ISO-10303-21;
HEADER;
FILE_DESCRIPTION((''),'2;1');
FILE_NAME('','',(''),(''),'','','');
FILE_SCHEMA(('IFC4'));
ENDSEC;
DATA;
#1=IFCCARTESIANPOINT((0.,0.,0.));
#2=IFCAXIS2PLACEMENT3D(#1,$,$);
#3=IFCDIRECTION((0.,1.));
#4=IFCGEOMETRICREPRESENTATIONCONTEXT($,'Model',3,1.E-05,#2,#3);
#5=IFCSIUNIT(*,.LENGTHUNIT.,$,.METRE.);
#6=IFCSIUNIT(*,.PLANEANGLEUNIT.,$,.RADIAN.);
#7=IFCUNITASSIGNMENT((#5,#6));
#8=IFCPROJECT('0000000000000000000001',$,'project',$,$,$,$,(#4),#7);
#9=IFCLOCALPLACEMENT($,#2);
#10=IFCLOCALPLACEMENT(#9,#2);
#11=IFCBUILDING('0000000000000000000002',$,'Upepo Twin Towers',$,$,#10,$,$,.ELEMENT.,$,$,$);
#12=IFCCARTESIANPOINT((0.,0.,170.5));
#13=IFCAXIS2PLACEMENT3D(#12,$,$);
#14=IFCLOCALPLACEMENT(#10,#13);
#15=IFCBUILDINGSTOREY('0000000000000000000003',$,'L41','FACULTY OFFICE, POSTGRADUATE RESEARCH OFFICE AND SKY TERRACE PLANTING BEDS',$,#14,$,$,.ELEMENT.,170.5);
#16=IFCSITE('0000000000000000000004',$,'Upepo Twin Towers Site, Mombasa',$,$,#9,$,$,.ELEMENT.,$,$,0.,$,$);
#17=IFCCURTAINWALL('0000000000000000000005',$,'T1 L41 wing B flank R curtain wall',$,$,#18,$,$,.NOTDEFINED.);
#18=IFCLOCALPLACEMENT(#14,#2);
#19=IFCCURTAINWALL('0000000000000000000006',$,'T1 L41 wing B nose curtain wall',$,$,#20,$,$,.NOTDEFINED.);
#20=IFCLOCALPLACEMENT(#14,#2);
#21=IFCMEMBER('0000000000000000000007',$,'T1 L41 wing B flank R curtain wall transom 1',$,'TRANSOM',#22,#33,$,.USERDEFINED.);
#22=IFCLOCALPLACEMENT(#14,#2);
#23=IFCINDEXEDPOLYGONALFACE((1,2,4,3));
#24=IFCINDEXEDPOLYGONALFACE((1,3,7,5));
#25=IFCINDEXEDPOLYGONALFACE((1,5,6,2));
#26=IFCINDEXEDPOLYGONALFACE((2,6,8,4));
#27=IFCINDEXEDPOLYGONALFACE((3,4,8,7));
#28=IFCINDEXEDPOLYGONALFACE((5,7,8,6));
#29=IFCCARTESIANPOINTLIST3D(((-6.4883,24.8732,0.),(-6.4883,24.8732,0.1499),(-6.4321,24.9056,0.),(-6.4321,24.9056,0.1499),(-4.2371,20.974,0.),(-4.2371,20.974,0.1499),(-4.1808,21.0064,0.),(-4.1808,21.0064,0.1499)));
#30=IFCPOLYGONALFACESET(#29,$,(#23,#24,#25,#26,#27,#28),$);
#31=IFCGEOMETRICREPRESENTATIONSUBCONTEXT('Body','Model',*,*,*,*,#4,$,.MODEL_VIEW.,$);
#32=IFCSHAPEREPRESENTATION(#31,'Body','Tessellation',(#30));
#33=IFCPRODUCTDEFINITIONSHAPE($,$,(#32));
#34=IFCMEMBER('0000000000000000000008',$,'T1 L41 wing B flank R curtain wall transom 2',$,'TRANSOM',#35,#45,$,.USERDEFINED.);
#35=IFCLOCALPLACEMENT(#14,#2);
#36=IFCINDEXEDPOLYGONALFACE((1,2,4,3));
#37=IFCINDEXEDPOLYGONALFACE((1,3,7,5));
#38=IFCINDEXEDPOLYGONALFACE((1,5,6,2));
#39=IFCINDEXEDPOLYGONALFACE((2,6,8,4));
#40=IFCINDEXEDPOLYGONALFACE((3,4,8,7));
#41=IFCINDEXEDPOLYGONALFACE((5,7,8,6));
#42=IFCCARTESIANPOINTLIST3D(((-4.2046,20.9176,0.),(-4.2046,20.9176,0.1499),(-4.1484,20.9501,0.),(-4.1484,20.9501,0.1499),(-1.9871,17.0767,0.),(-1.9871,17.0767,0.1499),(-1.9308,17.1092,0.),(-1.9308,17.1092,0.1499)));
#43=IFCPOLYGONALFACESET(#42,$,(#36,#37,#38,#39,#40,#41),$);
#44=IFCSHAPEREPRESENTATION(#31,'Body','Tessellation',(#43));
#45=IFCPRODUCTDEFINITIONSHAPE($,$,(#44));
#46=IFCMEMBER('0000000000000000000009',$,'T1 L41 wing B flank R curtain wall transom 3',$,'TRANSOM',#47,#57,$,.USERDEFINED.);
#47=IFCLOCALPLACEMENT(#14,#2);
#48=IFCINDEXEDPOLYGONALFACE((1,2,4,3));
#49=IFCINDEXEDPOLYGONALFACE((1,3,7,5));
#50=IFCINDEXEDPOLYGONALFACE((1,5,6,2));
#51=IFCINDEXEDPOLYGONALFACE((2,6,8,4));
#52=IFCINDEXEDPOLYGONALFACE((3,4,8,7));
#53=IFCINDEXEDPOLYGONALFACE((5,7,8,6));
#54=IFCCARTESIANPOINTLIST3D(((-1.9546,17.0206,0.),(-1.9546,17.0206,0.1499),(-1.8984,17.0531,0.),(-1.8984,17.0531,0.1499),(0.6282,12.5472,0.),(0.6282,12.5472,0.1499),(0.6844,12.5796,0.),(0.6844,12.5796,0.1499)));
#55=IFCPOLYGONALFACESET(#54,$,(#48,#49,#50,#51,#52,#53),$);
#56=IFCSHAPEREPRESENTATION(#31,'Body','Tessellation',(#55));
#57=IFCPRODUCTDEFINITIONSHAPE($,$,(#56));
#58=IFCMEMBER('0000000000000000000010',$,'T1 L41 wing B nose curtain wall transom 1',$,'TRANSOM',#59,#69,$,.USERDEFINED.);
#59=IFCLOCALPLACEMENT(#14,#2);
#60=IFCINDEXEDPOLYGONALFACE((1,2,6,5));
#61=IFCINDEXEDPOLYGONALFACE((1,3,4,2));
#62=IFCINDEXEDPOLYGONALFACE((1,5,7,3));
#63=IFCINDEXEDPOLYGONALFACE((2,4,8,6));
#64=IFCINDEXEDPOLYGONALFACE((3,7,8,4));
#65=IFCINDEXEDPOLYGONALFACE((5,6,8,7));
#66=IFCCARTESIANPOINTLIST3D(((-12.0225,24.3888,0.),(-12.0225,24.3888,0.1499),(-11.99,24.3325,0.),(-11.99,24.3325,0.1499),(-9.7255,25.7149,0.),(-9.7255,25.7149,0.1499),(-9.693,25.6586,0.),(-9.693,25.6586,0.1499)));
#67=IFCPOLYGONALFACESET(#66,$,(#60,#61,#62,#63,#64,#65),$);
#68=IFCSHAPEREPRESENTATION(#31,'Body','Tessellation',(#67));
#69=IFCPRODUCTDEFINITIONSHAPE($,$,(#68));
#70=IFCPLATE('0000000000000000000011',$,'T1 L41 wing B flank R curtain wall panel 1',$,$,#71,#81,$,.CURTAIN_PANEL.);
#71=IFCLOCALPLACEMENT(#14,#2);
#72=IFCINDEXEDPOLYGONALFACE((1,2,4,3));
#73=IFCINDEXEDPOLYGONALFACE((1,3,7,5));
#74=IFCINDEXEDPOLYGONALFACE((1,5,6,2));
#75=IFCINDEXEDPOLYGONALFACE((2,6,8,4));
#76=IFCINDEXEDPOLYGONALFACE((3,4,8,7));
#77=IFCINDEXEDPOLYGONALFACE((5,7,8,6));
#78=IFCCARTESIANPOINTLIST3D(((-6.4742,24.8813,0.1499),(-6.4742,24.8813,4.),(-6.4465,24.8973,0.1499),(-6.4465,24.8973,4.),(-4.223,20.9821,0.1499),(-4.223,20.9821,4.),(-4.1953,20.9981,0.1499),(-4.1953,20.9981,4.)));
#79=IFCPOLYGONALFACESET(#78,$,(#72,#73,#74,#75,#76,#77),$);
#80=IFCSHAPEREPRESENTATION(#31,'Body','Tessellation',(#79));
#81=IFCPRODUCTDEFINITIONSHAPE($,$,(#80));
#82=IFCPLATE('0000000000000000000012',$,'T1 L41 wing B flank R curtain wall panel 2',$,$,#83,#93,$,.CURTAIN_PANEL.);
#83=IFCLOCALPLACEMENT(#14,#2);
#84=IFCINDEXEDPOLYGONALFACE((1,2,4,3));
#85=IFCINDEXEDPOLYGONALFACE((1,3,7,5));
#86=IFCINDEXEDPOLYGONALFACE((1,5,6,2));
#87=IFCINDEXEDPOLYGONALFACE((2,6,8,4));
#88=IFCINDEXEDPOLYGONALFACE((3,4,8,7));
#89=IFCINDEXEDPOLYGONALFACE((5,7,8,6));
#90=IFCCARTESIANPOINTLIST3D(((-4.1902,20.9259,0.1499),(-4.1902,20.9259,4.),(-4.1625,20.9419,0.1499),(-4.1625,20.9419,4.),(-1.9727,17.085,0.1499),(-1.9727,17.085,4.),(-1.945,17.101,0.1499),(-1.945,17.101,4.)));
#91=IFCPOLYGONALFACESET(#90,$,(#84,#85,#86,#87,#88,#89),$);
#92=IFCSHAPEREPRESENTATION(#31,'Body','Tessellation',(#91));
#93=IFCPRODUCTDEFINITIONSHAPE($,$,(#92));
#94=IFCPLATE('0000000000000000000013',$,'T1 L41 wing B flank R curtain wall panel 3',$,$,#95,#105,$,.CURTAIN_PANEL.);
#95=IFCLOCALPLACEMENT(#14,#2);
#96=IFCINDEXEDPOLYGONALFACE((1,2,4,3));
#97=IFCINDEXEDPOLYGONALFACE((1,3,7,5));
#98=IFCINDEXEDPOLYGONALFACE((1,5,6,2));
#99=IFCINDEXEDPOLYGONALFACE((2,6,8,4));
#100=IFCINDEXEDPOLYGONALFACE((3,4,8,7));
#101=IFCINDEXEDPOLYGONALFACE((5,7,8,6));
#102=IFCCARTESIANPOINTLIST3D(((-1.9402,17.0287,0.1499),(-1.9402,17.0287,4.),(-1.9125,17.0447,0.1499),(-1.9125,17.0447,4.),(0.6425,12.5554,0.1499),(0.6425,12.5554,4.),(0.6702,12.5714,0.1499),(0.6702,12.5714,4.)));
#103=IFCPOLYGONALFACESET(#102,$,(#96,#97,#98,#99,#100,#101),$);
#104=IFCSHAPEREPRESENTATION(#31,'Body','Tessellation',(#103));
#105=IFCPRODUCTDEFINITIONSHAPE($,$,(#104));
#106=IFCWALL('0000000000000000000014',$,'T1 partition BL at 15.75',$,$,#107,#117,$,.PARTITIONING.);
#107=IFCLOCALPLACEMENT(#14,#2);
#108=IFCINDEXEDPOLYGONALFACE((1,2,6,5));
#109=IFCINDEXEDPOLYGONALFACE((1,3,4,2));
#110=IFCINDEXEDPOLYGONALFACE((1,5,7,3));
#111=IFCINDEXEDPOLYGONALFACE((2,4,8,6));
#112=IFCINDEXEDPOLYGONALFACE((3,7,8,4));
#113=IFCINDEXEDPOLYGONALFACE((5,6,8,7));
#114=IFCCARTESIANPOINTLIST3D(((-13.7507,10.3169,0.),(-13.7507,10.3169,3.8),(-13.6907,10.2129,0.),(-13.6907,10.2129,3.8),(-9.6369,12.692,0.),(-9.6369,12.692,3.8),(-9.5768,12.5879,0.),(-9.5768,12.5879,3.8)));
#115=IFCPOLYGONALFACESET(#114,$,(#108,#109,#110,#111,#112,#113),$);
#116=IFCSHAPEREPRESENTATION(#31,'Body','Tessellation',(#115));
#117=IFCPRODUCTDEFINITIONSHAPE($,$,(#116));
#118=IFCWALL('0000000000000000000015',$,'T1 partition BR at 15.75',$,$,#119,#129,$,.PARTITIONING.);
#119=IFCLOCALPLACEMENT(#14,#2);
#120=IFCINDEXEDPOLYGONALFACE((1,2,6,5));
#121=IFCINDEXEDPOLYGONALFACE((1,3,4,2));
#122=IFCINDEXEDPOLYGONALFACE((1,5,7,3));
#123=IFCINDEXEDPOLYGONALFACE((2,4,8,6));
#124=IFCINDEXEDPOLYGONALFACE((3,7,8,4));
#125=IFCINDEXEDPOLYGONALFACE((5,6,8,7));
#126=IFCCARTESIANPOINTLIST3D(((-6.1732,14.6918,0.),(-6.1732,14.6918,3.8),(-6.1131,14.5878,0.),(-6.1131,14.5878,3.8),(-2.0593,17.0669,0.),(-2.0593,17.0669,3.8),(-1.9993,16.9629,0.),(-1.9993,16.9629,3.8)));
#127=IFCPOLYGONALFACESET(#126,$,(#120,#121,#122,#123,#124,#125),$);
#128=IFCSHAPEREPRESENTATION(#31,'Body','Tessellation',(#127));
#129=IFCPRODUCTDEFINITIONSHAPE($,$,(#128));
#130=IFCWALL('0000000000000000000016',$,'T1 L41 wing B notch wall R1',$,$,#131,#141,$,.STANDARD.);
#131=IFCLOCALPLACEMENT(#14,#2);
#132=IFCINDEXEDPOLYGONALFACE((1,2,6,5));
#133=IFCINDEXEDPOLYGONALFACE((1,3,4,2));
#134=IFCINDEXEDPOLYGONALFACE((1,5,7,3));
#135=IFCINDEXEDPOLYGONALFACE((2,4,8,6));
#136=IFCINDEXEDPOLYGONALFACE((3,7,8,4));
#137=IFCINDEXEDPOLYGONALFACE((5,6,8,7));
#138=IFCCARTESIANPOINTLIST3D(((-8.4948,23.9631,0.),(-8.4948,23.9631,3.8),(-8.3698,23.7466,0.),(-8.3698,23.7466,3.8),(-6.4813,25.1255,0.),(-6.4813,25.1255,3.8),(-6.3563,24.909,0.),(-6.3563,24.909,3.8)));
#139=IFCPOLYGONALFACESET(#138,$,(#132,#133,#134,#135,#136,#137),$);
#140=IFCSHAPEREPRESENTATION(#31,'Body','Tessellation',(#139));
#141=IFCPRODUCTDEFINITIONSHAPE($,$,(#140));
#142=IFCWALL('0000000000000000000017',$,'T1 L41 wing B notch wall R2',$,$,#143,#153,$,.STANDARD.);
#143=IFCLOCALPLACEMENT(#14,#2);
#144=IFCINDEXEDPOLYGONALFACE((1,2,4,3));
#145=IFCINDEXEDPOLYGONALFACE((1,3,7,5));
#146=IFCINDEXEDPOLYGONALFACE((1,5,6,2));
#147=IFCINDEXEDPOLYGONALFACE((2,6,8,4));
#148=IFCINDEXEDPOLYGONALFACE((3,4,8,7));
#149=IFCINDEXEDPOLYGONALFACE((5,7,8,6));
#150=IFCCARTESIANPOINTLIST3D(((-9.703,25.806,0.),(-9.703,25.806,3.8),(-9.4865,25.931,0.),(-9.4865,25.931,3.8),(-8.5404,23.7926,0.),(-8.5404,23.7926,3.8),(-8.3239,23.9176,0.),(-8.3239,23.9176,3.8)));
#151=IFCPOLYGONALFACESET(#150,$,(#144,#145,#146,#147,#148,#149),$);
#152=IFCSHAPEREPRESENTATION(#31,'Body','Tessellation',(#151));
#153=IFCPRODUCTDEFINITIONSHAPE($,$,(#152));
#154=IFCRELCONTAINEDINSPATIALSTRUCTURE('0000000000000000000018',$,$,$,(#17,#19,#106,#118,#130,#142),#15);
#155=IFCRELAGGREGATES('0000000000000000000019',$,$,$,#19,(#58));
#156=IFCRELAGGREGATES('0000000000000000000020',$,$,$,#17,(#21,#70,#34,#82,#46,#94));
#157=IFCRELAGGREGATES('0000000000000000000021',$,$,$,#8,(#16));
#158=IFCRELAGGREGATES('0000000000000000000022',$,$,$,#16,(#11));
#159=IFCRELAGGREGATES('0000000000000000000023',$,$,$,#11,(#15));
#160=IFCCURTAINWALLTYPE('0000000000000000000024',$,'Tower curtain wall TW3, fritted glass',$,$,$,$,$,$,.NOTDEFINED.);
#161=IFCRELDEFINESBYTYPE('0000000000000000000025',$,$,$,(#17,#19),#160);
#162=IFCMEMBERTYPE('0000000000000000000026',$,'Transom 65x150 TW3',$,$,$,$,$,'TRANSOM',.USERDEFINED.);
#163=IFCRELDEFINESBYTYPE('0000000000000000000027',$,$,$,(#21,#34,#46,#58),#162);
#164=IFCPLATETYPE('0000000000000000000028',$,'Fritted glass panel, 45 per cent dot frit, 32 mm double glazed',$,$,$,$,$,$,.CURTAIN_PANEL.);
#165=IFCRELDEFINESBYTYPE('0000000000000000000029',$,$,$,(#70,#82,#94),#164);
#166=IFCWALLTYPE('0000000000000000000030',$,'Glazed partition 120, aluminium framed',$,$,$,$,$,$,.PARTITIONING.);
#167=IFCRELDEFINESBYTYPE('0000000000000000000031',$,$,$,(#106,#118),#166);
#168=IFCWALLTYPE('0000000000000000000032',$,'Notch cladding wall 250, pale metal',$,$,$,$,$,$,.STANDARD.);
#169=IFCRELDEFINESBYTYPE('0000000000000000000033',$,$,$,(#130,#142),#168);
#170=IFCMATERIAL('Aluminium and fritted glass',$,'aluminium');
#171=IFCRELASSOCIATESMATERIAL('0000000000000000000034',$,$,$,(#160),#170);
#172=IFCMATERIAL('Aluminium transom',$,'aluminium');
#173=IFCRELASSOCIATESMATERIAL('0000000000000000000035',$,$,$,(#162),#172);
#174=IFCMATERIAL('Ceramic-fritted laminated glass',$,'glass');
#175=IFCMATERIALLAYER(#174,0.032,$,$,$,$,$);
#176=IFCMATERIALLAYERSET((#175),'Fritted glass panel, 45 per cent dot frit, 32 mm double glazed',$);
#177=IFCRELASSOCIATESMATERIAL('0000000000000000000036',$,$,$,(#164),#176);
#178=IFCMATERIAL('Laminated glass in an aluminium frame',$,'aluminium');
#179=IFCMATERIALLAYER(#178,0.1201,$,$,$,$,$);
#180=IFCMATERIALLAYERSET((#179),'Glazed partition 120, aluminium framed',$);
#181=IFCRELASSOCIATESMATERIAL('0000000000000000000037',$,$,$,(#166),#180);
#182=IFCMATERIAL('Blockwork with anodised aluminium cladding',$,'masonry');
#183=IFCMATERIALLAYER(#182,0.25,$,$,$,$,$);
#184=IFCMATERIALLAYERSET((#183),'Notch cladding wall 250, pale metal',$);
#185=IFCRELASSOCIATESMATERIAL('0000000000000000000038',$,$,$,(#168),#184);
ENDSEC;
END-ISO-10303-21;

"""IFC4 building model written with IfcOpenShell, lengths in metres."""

from ifc_helpers import new_model, si_unit, direction, frame, frame_2d, origin, origin_2d, place, context, subcontext, project, spatial, rectangle, extrude, material, layer, layer_set, material_profile, profile_set, type_object, element, aggregate, save


model = new_model("IFC4")

# Units and contexts
model_context = context("Model", 3, precision=1e-05, world=origin(), true_north=direction((0.0, 1.0)))
body_context = subcontext(model_context, "Body", "Model", "MODEL_VIEW")
ifc_project = project(units=[si_unit("LENGTHUNIT", "METRE"), si_unit("PLANEANGLEUNIT", "RADIAN")], contexts=[model_context])

# Site, building, storey
site_placement = place(None, origin())
site = spatial("IfcSite", under=ifc_project, at=site_placement, Name="Upepo Twin Towers Site, Mombasa", CompositionType="ELEMENT", RefElevation=0.0)
building_placement = place(site_placement, origin())
building = spatial("IfcBuilding", under=site, at=building_placement, Name="Upepo Twin Towers", CompositionType="ELEMENT")
storey_placement = place(building_placement, frame((0.0, 0.0, 170.5)))
storey = spatial("IfcBuildingStorey", under=building, at=storey_placement, Name="L41", Description="FACULTY OFFICE, POSTGRADUATE RESEARCH OFFICE AND SKY TERRACE PLANTING BEDS", CompositionType="ELEMENT", Elevation=170.5)

# Curtain wall
ifc_material_1 = material(Name="Aluminium and fritted glass", Category="aluminium")
curtain_wall_type = type_object("IfcCurtainWallType", Name="Tower curtain wall TW3, fritted glass", PredefinedType="NOTDEFINED", material=ifc_material_1)
curtain_wall_1_placement = place(storey_placement, origin())
curtain_wall_1 = element("IfcCurtainWall", 1, at=curtain_wall_1_placement, inside=storey, type_object=curtain_wall_type, Name="T1 L41 wing B flank R curtain wall", PredefinedType="NOTDEFINED")

# Curtain wall
curtain_wall_2_placement = place(storey_placement, origin())
curtain_wall_2 = element("IfcCurtainWall", 2, at=curtain_wall_2_placement, inside=storey, type_object=curtain_wall_type, Name="T1 L41 wing B nose curtain wall", PredefinedType="NOTDEFINED")

# Members
ifc_material_2 = material(Name="Aluminium transom", Category="aluminium")
ifc_material_profile_1 = material_profile(ifc_material_2, rectangle(XDim=0.0649, YDim=0.1499, at=origin_2d()), Name="TRANSOM 65x150")
ifc_profile_set_1 = profile_set([ifc_material_profile_1], Name="Aluminium transom")
member_type_1 = type_object("IfcMemberType", Name="Transom 65x150 TW3", ElementType="TRANSOM", PredefinedType="USERDEFINED", material=ifc_profile_set_1)
member_1_placement = place(storey_placement, frame((-6.4602, 24.8894, 0.075), z_axis=(0.500006, -0.866022, 0.0), x_axis=(0.866022, 0.500006, 0.0)))
member_1 = element("IfcMember", 3, at=member_1_placement, type_object=member_type_1, Name="T1 L41 wing B flank R curtain wall transom 1", ObjectType="TRANSOM", PredefinedType="USERDEFINED", context=body_context, shape_type="SweptSolid", body=[
    extrude(rectangle(XDim=0.0649, YDim=0.1499, at=origin_2d()), origin(), (0.0, 0.0, 1.0), 4.5024),
])
member_2_placement = place(storey_placement, frame((-4.1765, 20.9338, 0.075), z_axis=(0.500005, -0.866022, 0.0), x_axis=(0.866022, 0.500005, 0.0)))
member_2 = element("IfcMember", 4, at=member_2_placement, type_object=member_type_1, Name="T1 L41 wing B flank R curtain wall transom 2", ObjectType="TRANSOM", PredefinedType="USERDEFINED", context=body_context, shape_type="SweptSolid", body=[
    extrude(rectangle(XDim=0.0649, YDim=0.1499, at=origin_2d()), origin(), (0.0, 0.0, 1.0), 4.4351),
])
member_3_placement = place(storey_placement, frame((-1.9265, 17.0369, 0.075), z_axis=(0.500007, -0.866021, 0.0), x_axis=(0.866021, 0.500007, 0.0)))
member_3 = element("IfcMember", 5, at=member_3_placement, type_object=member_type_1, Name="T1 L41 wing B flank R curtain wall transom 3", ObjectType="TRANSOM", PredefinedType="USERDEFINED", context=body_context, shape_type="SweptSolid", body=[
    extrude(rectangle(XDim=0.0649, YDim=0.1499, at=origin_2d()), origin(), (0.0, 0.0, 1.0), 5.1655),
])
member_4_placement = place(storey_placement, frame((-9.7092, 25.6868, 0.075), z_axis=(-0.866037, -0.49998, 0.0), x_axis=(0.49998, -0.866037, 0.0)))
member_4 = element("IfcMember", 6, at=member_4_placement, type_object=member_type_1, Name="T1 L41 wing B nose curtain wall transom 1", ObjectType="TRANSOM", PredefinedType="USERDEFINED", context=body_context, shape_type="SweptSolid", body=[
    extrude(rectangle(XDim=0.0649, YDim=0.1499, at=origin_2d()), origin(), (0.0, 0.0, 1.0), 2.6523),
])
aggregate(curtain_wall_2, [member_4])

# Plates
ifc_material_3 = material(Name="Ceramic-fritted laminated glass", Category="glass")
ifc_layer_1 = layer(ifc_material_3, 0.032)
ifc_layer_set_1 = layer_set([ifc_layer_1], Name="Fritted glass panel, 45 per cent dot frit, 32 mm double glazed")
plate_type = type_object("IfcPlateType", Name="Fritted glass panel, 45 per cent dot frit, 32 mm double glazed", PredefinedType="CURTAIN_PANEL", material=ifc_layer_set_1)
plate_1_placement = place(storey_placement, frame((-5.3347, 22.9397, 0.1499), z_axis=(0.0, 0.0, 1.0), x_axis=(0.5, -0.866025, 0.0)))
plate_1 = element("IfcPlate", 7, at=plate_1_placement, type_object=plate_type, Name="T1 L41 wing B flank R curtain wall panel 1", PredefinedType="CURTAIN_PANEL", context=body_context, shape_type="SweptSolid", body=[
    extrude(rectangle(XDim=4.5024, YDim=0.032, at=origin_2d()), origin(), (0.0, 0.0, 1.0), 3.8501),
])
plate_2_placement = place(storey_placement, frame((-3.0676, 19.0134, 0.1499), z_axis=(0.0, 0.0, 1.0), x_axis=(0.5, -0.866025, 0.0)))
plate_2 = element("IfcPlate", 8, at=plate_2_placement, type_object=plate_type, Name="T1 L41 wing B flank R curtain wall panel 2", PredefinedType="CURTAIN_PANEL", context=body_context, shape_type="SweptSolid", body=[
    extrude(rectangle(XDim=4.4351, YDim=0.032, at=origin_2d()), origin(), (0.0, 0.0, 1.0), 3.8501),
])
plate_3_placement = place(storey_placement, frame((-0.635, 14.8, 0.1499), z_axis=(0.0, 0.0, 1.0), x_axis=(0.5, -0.866025, 0.0)))
plate_3 = element("IfcPlate", 9, at=plate_3_placement, type_object=plate_type, Name="T1 L41 wing B flank R curtain wall panel 3", PredefinedType="CURTAIN_PANEL", context=body_context, shape_type="SweptSolid", body=[
    extrude(rectangle(XDim=5.1653, YDim=0.032, at=origin_2d()), origin(), (0.0, 0.0, 1.0), 3.8501),
])
aggregate(curtain_wall_1, [member_1, plate_1, member_2, plate_2, member_3, plate_3])

# Walls
ifc_material_4 = material(Name="Laminated glass in an aluminium frame", Category="aluminium")
ifc_layer_2 = layer(ifc_material_4, 0.1201)
ifc_layer_set_2 = layer_set([ifc_layer_2], Name="Glazed partition 120, aluminium framed")
wall_type_1 = type_object("IfcWallType", Name="Glazed partition 120, aluminium framed", PredefinedType="PARTITIONING", material=ifc_layer_set_2)
for number, where, z_axis, x_axis, name in (
    (10, (-9.6069, 12.6399, 0.0), (0.0, 0.0, 1.0), (-0.866033, -0.499986, 0.0), "T1 partition BL at 15.75"),
    (11, (-6.1431, 14.6399, 0.0), (0.0, 0.0, 1.0), (0.866033, 0.499986, 0.0), "T1 partition BR at 15.75"),
):
    element("IfcWall", number, at=place(storey_placement, frame(where, z_axis=z_axis, x_axis=x_axis)), inside=storey, type_object=wall_type_1, Name=name, PredefinedType="PARTITIONING", context=body_context, shape_type="SweptSolid", body=[
        extrude(rectangle(XDim=4.7502, YDim=0.1201, at=frame_2d((2.375, 0.0))), origin(), (0.0, 0.0, 1.0), 3.8),
    ])
ifc_material_5 = material(Name="Blockwork with anodised aluminium cladding", Category="masonry")
ifc_layer_3 = layer(ifc_material_5, 0.25)
ifc_layer_set_3 = layer_set([ifc_layer_3], Name="Notch cladding wall 250, pale metal")
wall_type_2 = type_object("IfcWallType", Name="Notch cladding wall 250, pale metal", PredefinedType="STANDARD", material=ifc_layer_set_3)
for number, where, z_axis, x_axis, name in (
    (12, (-6.4187, 25.0173, 0.0), (0.0, 0.0, 1.0), (-0.866044, -0.499968, 0.0), "T1 L41 wing B notch wall R1"),
    (13, (-8.4321, 23.855, 0.0), (0.0, 0.0, 1.0), (-0.500047, 0.865998, 0.0), "T1 L41 wing B notch wall R2"),
):
    element("IfcWall", number, at=place(storey_placement, frame(where, z_axis=z_axis, x_axis=x_axis)), inside=storey, type_object=wall_type_2, Name=name, PredefinedType="STANDARD", context=body_context, shape_type="SweptSolid", body=[
        extrude(rectangle(XDim=2.325, YDim=0.25, at=frame_2d((1.1626, 0.0))), origin(), (0.0, 0.0, 1.0), 3.8),
    ])

save(model, "model.ifc")
